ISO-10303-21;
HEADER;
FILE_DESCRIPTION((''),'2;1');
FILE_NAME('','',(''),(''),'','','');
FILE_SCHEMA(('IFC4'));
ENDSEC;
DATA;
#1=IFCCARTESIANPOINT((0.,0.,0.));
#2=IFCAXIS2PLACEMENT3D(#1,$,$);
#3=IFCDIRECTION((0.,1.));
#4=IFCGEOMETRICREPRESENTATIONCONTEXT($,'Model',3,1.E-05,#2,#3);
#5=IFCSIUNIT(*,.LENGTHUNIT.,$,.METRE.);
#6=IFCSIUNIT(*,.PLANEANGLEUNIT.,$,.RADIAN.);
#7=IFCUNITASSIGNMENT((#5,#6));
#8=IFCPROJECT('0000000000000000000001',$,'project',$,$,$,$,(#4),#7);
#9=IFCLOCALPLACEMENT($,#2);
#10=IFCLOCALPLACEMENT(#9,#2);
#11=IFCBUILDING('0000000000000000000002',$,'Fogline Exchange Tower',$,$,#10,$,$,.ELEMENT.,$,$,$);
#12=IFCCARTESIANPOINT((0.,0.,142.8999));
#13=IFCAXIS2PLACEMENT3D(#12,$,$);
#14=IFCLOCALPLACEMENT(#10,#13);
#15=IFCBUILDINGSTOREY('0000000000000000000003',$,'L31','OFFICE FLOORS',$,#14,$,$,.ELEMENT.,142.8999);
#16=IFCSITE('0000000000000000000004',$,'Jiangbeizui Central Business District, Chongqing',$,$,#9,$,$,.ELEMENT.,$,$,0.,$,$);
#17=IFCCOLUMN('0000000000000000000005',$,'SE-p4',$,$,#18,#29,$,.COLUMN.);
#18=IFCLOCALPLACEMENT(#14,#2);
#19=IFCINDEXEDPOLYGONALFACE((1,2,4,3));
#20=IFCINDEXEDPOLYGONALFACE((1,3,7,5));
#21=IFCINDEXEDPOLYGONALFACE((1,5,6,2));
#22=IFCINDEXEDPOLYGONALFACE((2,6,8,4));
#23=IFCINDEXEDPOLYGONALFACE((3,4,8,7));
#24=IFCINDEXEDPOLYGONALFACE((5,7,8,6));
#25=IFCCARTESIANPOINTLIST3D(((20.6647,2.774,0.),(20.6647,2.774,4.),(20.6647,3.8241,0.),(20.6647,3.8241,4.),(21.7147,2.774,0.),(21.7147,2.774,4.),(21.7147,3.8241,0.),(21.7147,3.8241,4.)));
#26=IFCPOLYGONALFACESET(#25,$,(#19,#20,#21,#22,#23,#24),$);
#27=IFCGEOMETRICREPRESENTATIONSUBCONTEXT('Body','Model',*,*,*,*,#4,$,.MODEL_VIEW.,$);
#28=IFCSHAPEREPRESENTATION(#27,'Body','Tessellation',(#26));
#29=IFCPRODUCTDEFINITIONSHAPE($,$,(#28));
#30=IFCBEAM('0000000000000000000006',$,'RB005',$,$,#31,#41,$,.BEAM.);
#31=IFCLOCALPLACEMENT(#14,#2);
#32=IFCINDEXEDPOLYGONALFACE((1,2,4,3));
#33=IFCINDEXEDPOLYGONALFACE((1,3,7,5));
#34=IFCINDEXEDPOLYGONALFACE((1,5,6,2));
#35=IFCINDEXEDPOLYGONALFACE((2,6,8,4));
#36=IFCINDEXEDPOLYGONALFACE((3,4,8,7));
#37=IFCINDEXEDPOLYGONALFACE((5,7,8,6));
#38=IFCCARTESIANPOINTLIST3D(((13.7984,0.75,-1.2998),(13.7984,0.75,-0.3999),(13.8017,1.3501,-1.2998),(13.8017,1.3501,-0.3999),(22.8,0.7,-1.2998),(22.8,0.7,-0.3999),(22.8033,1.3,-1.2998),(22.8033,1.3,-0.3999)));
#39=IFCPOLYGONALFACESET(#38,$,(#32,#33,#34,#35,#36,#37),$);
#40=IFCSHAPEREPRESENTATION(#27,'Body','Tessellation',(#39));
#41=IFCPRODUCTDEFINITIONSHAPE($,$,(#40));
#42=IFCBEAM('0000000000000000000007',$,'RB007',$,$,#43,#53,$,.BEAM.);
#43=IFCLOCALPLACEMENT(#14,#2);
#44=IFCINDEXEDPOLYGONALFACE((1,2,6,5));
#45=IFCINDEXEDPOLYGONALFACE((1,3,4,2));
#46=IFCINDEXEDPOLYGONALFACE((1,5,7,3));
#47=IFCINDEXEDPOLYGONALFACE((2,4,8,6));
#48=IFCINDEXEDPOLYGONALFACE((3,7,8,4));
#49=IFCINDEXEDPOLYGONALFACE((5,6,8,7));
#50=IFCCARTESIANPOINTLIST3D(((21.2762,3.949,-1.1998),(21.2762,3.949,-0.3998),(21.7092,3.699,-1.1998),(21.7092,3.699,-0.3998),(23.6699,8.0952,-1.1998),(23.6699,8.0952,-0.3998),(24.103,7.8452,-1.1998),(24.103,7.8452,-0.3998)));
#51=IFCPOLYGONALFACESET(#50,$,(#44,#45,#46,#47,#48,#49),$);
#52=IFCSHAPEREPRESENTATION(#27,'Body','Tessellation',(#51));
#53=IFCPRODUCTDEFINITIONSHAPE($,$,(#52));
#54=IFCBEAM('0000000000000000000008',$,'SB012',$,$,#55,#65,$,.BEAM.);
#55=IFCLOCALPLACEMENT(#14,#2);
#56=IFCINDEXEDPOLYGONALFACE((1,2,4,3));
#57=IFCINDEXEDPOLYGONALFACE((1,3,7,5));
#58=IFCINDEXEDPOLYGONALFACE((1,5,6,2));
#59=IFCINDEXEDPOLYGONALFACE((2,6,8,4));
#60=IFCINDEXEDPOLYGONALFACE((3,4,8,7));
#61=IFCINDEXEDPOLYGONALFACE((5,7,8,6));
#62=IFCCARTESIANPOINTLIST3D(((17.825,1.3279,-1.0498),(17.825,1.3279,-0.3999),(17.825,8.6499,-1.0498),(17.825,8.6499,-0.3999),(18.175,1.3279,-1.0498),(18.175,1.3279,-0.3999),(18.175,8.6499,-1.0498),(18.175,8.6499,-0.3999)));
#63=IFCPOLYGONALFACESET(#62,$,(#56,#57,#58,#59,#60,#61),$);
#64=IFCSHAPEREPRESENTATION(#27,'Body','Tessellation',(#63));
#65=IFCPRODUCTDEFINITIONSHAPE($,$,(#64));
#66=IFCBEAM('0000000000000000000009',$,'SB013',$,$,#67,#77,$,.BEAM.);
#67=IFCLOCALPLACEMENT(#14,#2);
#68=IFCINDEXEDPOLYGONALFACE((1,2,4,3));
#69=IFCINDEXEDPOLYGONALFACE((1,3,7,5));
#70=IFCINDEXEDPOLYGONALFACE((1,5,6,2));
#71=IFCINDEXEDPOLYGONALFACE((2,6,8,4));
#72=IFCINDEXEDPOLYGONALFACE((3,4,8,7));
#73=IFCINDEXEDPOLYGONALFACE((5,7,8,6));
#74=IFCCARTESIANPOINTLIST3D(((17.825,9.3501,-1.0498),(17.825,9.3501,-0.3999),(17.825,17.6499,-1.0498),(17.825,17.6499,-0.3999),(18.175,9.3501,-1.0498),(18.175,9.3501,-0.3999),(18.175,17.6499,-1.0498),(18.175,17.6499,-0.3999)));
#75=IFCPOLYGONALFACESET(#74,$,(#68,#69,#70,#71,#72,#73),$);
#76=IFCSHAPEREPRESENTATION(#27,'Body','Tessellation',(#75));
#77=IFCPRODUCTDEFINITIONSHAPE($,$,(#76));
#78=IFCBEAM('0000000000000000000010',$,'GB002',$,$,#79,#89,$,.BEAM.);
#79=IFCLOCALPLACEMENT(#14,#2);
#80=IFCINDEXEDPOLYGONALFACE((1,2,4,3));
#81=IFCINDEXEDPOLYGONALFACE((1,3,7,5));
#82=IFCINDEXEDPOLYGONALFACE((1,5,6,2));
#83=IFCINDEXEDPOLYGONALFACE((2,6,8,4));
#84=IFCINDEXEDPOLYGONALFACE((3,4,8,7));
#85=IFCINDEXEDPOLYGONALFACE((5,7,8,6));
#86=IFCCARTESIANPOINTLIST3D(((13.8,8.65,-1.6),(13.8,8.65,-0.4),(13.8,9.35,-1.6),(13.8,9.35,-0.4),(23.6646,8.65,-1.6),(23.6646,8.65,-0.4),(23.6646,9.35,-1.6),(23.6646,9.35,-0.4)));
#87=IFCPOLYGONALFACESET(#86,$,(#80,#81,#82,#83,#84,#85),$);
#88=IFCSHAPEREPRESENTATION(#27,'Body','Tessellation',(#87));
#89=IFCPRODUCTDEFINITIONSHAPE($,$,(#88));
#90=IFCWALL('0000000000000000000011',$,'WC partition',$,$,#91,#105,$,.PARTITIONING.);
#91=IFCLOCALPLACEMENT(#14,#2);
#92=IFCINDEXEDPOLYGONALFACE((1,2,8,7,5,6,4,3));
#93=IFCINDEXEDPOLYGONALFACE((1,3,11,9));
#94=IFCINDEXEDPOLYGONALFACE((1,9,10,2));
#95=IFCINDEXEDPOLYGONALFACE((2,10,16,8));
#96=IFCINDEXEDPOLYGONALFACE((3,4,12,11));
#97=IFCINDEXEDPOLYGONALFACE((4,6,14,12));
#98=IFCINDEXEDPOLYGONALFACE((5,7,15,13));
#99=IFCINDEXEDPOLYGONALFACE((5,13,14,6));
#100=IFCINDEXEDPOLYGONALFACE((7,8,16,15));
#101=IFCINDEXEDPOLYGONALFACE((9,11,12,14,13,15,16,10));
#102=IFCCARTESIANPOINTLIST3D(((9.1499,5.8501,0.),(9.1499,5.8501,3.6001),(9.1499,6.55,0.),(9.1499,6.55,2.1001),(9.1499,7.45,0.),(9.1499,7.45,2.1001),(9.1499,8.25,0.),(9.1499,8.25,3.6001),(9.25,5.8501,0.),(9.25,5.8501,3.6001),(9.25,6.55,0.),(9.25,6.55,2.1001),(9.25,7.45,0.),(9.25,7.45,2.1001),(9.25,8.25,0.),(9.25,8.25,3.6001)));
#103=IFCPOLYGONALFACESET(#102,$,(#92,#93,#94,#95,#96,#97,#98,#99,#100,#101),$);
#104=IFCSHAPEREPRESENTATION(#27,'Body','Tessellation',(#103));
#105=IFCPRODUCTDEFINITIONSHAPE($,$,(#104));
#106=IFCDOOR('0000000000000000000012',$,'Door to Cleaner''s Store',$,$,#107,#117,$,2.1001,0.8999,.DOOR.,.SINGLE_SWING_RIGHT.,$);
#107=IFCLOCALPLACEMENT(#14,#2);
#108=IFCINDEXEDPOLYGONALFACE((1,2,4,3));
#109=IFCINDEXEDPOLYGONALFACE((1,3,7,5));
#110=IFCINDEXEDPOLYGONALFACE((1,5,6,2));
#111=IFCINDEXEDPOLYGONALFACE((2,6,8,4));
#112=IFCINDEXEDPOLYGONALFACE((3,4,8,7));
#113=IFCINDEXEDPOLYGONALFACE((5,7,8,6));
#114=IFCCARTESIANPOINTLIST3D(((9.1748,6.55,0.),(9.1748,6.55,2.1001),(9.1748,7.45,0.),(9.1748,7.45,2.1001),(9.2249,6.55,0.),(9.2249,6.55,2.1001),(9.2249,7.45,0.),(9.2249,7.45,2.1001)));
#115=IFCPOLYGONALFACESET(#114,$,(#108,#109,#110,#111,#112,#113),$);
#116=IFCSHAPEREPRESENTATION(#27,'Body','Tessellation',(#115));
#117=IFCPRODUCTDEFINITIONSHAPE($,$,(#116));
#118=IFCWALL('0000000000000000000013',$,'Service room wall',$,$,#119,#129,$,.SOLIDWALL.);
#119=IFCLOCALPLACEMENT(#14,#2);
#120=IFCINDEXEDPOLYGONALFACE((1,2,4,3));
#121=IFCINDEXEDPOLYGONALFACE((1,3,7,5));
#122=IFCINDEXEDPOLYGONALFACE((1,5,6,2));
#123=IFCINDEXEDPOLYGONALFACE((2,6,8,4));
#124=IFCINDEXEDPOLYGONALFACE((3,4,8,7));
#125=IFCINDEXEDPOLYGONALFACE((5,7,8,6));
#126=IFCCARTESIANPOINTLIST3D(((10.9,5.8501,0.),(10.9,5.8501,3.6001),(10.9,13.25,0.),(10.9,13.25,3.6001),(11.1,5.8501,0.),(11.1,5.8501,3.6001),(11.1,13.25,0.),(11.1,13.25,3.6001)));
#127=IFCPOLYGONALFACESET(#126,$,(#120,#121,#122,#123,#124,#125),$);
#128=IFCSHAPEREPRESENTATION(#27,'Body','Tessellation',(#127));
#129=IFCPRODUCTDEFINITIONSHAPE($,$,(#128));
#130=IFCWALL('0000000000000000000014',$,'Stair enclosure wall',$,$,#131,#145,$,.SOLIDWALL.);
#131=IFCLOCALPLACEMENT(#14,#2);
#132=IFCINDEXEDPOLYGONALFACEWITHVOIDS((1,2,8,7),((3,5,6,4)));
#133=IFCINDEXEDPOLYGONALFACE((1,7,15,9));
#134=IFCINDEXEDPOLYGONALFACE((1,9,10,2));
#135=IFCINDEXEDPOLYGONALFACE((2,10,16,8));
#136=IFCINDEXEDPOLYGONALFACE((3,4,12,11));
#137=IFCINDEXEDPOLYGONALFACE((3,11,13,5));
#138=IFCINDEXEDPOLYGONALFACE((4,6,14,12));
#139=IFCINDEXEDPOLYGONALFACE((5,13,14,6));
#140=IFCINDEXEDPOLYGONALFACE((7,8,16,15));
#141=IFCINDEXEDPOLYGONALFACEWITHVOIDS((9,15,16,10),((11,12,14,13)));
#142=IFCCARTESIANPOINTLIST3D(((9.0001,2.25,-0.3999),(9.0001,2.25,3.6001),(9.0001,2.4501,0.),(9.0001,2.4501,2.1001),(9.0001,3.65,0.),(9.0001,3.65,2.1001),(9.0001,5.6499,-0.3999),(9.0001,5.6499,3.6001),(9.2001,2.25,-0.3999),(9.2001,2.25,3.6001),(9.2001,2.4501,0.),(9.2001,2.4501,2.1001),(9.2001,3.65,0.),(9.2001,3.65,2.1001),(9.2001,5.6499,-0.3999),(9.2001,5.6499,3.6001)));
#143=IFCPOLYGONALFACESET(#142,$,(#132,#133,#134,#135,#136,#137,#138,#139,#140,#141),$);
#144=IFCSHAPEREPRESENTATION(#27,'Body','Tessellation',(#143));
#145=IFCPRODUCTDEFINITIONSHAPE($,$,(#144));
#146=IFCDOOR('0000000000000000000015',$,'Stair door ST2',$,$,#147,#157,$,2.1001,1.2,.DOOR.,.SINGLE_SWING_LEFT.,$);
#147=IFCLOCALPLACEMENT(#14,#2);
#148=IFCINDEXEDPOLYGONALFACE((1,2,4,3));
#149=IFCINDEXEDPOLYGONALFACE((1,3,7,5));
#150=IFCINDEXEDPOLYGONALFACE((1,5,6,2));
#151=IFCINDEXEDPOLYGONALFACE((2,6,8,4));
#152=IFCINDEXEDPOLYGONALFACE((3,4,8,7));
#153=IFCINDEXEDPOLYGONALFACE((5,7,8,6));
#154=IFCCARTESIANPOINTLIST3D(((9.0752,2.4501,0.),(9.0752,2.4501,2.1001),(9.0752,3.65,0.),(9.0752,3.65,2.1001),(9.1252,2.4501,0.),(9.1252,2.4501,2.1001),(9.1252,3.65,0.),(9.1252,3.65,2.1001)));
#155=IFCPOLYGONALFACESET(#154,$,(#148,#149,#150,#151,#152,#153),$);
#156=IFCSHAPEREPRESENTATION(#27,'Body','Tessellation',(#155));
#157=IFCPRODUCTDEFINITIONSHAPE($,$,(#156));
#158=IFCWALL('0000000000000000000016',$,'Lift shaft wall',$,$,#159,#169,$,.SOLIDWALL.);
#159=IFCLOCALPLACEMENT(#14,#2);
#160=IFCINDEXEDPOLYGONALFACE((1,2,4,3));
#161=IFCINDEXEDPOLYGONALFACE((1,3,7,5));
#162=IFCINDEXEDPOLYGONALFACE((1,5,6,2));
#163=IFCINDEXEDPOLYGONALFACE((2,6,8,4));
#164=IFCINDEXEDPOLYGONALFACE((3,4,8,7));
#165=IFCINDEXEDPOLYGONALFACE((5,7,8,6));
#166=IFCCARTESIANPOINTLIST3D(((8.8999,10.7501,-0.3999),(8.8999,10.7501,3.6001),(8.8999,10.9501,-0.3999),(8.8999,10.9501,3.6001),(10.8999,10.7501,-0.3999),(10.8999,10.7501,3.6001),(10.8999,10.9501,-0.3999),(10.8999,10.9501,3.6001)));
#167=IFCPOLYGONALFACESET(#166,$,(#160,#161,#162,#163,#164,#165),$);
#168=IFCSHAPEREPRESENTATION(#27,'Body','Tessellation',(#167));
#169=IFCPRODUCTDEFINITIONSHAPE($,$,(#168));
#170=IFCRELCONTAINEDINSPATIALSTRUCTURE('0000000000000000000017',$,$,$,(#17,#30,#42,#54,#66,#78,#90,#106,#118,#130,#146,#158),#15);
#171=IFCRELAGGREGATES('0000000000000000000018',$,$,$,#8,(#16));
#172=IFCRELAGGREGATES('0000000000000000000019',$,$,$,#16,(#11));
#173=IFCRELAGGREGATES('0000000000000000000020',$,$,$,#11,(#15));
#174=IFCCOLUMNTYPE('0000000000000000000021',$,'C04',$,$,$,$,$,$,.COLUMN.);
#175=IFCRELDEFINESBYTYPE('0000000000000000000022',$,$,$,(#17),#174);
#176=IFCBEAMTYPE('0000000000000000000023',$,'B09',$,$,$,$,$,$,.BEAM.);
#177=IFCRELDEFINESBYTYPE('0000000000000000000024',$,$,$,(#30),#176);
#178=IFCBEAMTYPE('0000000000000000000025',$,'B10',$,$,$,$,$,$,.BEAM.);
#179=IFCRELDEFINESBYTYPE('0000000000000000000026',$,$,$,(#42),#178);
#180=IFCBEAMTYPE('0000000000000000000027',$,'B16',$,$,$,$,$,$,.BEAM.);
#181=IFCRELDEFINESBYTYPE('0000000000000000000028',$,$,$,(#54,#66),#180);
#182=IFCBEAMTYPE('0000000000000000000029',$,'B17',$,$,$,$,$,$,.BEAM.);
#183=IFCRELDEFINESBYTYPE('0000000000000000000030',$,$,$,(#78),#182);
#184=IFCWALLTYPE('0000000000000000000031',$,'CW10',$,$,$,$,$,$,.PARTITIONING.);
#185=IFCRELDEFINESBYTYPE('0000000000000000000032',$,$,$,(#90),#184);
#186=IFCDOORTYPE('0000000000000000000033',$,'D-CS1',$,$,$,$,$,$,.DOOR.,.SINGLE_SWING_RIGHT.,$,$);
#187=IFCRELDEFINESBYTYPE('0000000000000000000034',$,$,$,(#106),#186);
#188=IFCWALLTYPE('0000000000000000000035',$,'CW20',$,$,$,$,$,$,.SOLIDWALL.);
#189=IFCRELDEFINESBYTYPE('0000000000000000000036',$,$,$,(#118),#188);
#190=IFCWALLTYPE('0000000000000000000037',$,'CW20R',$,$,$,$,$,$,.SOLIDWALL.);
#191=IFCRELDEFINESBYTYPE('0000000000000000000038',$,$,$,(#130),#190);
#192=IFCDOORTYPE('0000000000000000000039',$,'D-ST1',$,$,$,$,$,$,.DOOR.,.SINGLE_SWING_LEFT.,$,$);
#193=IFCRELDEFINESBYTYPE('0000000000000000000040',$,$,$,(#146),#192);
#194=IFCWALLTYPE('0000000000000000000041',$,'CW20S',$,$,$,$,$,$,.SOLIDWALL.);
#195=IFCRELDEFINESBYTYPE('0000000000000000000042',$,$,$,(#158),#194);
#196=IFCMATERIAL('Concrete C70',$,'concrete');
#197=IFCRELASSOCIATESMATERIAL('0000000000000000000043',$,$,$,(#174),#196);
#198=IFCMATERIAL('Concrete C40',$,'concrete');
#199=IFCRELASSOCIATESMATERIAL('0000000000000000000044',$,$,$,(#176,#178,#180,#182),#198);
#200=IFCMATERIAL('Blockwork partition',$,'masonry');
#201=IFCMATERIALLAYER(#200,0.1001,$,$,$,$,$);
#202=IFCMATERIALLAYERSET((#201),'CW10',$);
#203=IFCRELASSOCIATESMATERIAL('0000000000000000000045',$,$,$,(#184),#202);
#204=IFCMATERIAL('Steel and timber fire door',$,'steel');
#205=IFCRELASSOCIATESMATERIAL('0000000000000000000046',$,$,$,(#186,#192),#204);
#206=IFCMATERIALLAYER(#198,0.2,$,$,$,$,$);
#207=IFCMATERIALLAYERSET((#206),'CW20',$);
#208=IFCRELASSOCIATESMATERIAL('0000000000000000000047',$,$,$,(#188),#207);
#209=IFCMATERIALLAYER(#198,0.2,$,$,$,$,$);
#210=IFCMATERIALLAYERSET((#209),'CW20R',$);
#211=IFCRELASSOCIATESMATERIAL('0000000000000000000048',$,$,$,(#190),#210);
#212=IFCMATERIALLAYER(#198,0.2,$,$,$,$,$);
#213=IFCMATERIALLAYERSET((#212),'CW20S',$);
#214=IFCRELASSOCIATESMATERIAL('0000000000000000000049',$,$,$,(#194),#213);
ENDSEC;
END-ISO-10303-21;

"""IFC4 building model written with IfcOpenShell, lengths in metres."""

from ifc_helpers import new_model, si_unit, direction, frame, frame_2d, origin, origin_2d, place, context, subcontext, project, spatial, rectangle, extrude, material, layer, layer_set, material_profile, profile_set, type_object, element, fill, save


model = new_model("IFC4")

# Units and contexts
model_context = context("Model", 3, precision=1e-05, world=origin(), true_north=direction((0.0, 1.0)))
body_context = subcontext(model_context, "Body", "Model", "MODEL_VIEW")
ifc_project = project(units=[si_unit("LENGTHUNIT", "METRE"), si_unit("PLANEANGLEUNIT", "RADIAN")], contexts=[model_context])

# Site, building, storey
site_placement = place(None, origin())
site = spatial("IfcSite", under=ifc_project, at=site_placement, Name="Jiangbeizui Central Business District, Chongqing", CompositionType="ELEMENT", RefElevation=0.0)
building_placement = place(site_placement, origin())
building = spatial("IfcBuilding", under=site, at=building_placement, Name="Fogline Exchange Tower", CompositionType="ELEMENT")
storey_placement = place(building_placement, frame((0.0, 0.0, 142.8999)))
storey = spatial("IfcBuildingStorey", under=building, at=storey_placement, Name="L31", Description="OFFICE FLOORS", CompositionType="ELEMENT", Elevation=142.8999)

# Column
ifc_material_1 = material(Name="Concrete C70", Category="concrete")
ifc_material_profile_1 = material_profile(ifc_material_1, rectangle(XDim=1.05, YDim=1.05, at=origin_2d()), Name="RC 1050x1050")
ifc_profile_set_1 = profile_set([ifc_material_profile_1], Name="Concrete C70")
column_type = type_object("IfcColumnType", Name="C04", PredefinedType="COLUMN", material=ifc_profile_set_1)
column_placement = place(storey_placement, frame((21.1897, 3.2991, 0.0), z_axis=(0.0, 0.0, 1.0), x_axis=(1.0, 0.0, 0.0)))
element("IfcColumn", 1, at=column_placement, inside=storey, type_object=column_type, Name="SE-p4", PredefinedType="COLUMN", context=body_context, shape_type="SweptSolid", body=[
    extrude(rectangle(XDim=1.05, YDim=1.05, at=origin_2d()), origin(), (0.0, 0.0, 1.0), 4.0),
])

# Beams
ifc_material_2 = material(Name="Concrete C40", Category="concrete")
ifc_material_profile_2 = material_profile(ifc_material_2, rectangle(XDim=0.6001, YDim=0.8999, at=origin_2d()), Name="RC 600x900")
ifc_profile_set_2 = profile_set([ifc_material_profile_2], Name="Concrete C40")
beam_type_1 = type_object("IfcBeamType", Name="B09", PredefinedType="BEAM", material=ifc_profile_set_2)
beam_1_placement = place(storey_placement, frame((13.8, 1.05, -0.8499), z_axis=(0.999985, -0.00556, 0.0), x_axis=(0.00556, 0.999985, 0.0)))
element("IfcBeam", 2, at=beam_1_placement, inside=storey, type_object=beam_type_1, Name="RB005", PredefinedType="BEAM", context=body_context, shape_type="SweptSolid", body=[
    extrude(rectangle(XDim=0.6001, YDim=0.8999, at=origin_2d()), origin(), (0.0, 0.0, 1.0), 9.0017),
])
ifc_material_profile_3 = material_profile(ifc_material_2, rectangle(XDim=0.5, YDim=0.8, at=origin_2d()), Name="RC 500x800")
ifc_profile_set_3 = profile_set([ifc_material_profile_3], Name="Concrete C40")
beam_type_2 = type_object("IfcBeamType", Name="B10", PredefinedType="BEAM", material=ifc_profile_set_3)
beam_2_placement = place(storey_placement, frame((21.4927, 3.824, -0.7998), z_axis=(0.499995, 0.866028, 0.0), x_axis=(-0.866028, 0.499995, 0.0)))
element("IfcBeam", 3, at=beam_2_placement, inside=storey, type_object=beam_type_2, Name="RB007", PredefinedType="BEAM", context=body_context, shape_type="SweptSolid", body=[
    extrude(rectangle(XDim=0.5, YDim=0.8, at=origin_2d()), origin(), (0.0, 0.0, 1.0), 4.7876),
])
ifc_material_profile_4 = material_profile(ifc_material_2, rectangle(XDim=0.3501, YDim=0.6499, at=origin_2d()), Name="RC 350x650")
ifc_profile_set_4 = profile_set([ifc_material_profile_4], Name="Concrete C40")
beam_type_3 = type_object("IfcBeamType", Name="B16", PredefinedType="BEAM", material=ifc_profile_set_4)
beam_3_placement = place(storey_placement, frame((18.0, 1.3279, -0.7249), z_axis=(0.0, 1.0, 0.0), x_axis=(-1.0, 0.0, 0.0)))
element("IfcBeam", 4, at=beam_3_placement, inside=storey, type_object=beam_type_3, Name="SB012", PredefinedType="BEAM", context=body_context, shape_type="SweptSolid", body=[
    extrude(rectangle(XDim=0.3501, YDim=0.6499, at=origin_2d()), origin(), (0.0, 0.0, 1.0), 7.322),
])
beam_4_placement = place(storey_placement, frame((18.0, 9.3501, -0.7249), z_axis=(0.0, 1.0, 0.0), x_axis=(-1.0, 0.0, 0.0)))
element("IfcBeam", 5, at=beam_4_placement, inside=storey, type_object=beam_type_3, Name="SB013", PredefinedType="BEAM", context=body_context, shape_type="SweptSolid", body=[
    extrude(rectangle(XDim=0.3501, YDim=0.6499, at=origin_2d()), origin(), (0.0, 0.0, 1.0), 8.2998),
])
ifc_material_profile_5 = material_profile(ifc_material_2, rectangle(XDim=0.7, YDim=1.2, at=origin_2d()), Name="RC 700x1200")
ifc_profile_set_5 = profile_set([ifc_material_profile_5], Name="Concrete C40")
beam_type_4 = type_object("IfcBeamType", Name="B17", PredefinedType="BEAM", material=ifc_profile_set_5)
beam_5_placement = place(storey_placement, frame((13.8, 9.0, -1.0), z_axis=(1.0, 0.0, 0.0), x_axis=(0.0, 1.0, 0.0)))
element("IfcBeam", 6, at=beam_5_placement, inside=storey, type_object=beam_type_4, Name="GB002", PredefinedType="BEAM", context=body_context, shape_type="SweptSolid", body=[
    extrude(rectangle(XDim=0.7, YDim=1.2, at=origin_2d()), origin(), (0.0, 0.0, 1.0), 9.8645),
])

# Wall, opening, door
ifc_material_3 = material(Name="Blockwork partition", Category="masonry")
ifc_layer_1 = layer(ifc_material_3, 0.1001)
ifc_layer_set_1 = layer_set([ifc_layer_1], Name="CW10")
wall_type_1 = type_object("IfcWallType", Name="CW10", PredefinedType="PARTITIONING", material=ifc_layer_set_1)
wall_1_placement = place(storey_placement, frame((9.2, 5.8501, 0.0), z_axis=(0.0, 0.0, 1.0), x_axis=(0.0, 1.0, 0.0)))
wall_1 = element("IfcWall", 7, at=wall_1_placement, inside=storey, type_object=wall_type_1, Name="WC partition", PredefinedType="PARTITIONING", context=body_context, shape_type="SweptSolid", body=[
    extrude(rectangle(XDim=2.3999, YDim=0.1001, at=frame_2d((1.2, 0.0))), origin(), (0.0, 0.0, 1.0), 3.6001),
])
opening_1_placement = place(wall_1_placement, frame((0.7, 0.0, 0.0)))
opening_1 = element("IfcOpeningElement", 8, at=opening_1_placement, cuts=wall_1, PredefinedType="OPENING", context=body_context, shape_type="SweptSolid", body=[
    extrude(rectangle(XDim=0.8999, YDim=2.1001, at=frame_2d((0.45, 1.05))), frame((0.0, 0.0601, 0.0), z_axis=(0.0, -1.0, 0.0), x_axis=(1.0, 0.0, 0.0)), (0.0, 0.0, 1.0), 0.1201),
])
ifc_material_4 = material(Name="Steel and timber fire door", Category="steel")
door_type_1 = type_object("IfcDoorType", Name="D-CS1", OperationType="SINGLE_SWING_RIGHT", PredefinedType="DOOR", material=ifc_material_4)
door_1_placement = place(opening_1_placement, frame((0.8999, 0.0, 0.0), z_axis=(0.0, 0.0, 1.0), x_axis=(-1.0, 0.0, 0.0)))
door_1 = element("IfcDoor", 9, at=door_1_placement, inside=storey, type_object=door_type_1, Name="Door to Cleaner's Store", OperationType="SINGLE_SWING_RIGHT", OverallHeight=2.1001, OverallWidth=0.8999, PredefinedType="DOOR", context=body_context, shape_type="SweptSolid", body=[
    extrude(rectangle(XDim=0.8999, YDim=2.1001, at=frame_2d((0.45, 1.05))), frame((0.0, 0.0249, 0.0), z_axis=(0.0, -1.0, 0.0), x_axis=(1.0, 0.0, 0.0)), (0.0, 0.0, 1.0), 0.05),
])
fill(opening_1, door_1)

# Wall
ifc_layer_2 = layer(ifc_material_2, 0.2)
ifc_layer_set_2 = layer_set([ifc_layer_2], Name="CW20")
wall_type_2 = type_object("IfcWallType", Name="CW20", PredefinedType="SOLIDWALL", material=ifc_layer_set_2)
wall_2_placement = place(storey_placement, frame((11.0, 5.8501, 0.0), z_axis=(0.0, 0.0, 1.0), x_axis=(0.0, 1.0, 0.0)))
element("IfcWall", 10, at=wall_2_placement, inside=storey, type_object=wall_type_2, Name="Service room wall", PredefinedType="SOLIDWALL", context=body_context, shape_type="SweptSolid", body=[
    extrude(rectangle(XDim=7.3999, YDim=0.2, at=frame_2d((3.7, 0.0))), origin(), (0.0, 0.0, 1.0), 3.6001),
])

# Wall, opening, door
ifc_layer_3 = layer(ifc_material_2, 0.2)
ifc_layer_set_3 = layer_set([ifc_layer_3], Name="CW20R")
wall_type_3 = type_object("IfcWallType", Name="CW20R", PredefinedType="SOLIDWALL", material=ifc_layer_set_3)
wall_3_placement = place(storey_placement, frame((9.1001, 2.25, -0.3999), z_axis=(0.0, 0.0, 1.0), x_axis=(0.0, 1.0, 0.0)))
wall_3 = element("IfcWall", 11, at=wall_3_placement, inside=storey, type_object=wall_type_3, Name="Stair enclosure wall", PredefinedType="SOLIDWALL", context=body_context, shape_type="SweptSolid", body=[
    extrude(rectangle(XDim=3.3999, YDim=0.2, at=frame_2d((1.7, 0.0))), origin(), (0.0, 0.0, 1.0), 4.0),
])
opening_2_placement = place(wall_3_placement, frame((0.2, 0.0, 0.3999)))
opening_2 = element("IfcOpeningElement", 12, at=opening_2_placement, cuts=wall_3, PredefinedType="OPENING", context=body_context, shape_type="SweptSolid", body=[
    extrude(rectangle(XDim=1.2, YDim=2.1001, at=frame_2d((0.6001, 1.05))), frame((0.0, 0.1099, 0.0), z_axis=(0.0, -1.0, 0.0), x_axis=(1.0, 0.0, 0.0)), (0.0, 0.0, 1.0), 0.22),
])
door_type_2 = type_object("IfcDoorType", Name="D-ST1", OperationType="SINGLE_SWING_LEFT", PredefinedType="DOOR", material=ifc_material_4)
door_2_placement = place(opening_2_placement, origin())
door_2 = element("IfcDoor", 13, at=door_2_placement, inside=storey, type_object=door_type_2, Name="Stair door ST2", OperationType="SINGLE_SWING_LEFT", OverallHeight=2.1001, OverallWidth=1.2, PredefinedType="DOOR", context=body_context, shape_type="SweptSolid", body=[
    extrude(rectangle(XDim=1.2, YDim=2.1001, at=frame_2d((0.6001, 1.05))), frame((0.0, 0.0249, 0.0), z_axis=(0.0, -1.0, 0.0), x_axis=(1.0, 0.0, 0.0)), (0.0, 0.0, 1.0), 0.05),
])
fill(opening_2, door_2)

# Wall
ifc_layer_4 = layer(ifc_material_2, 0.2)
ifc_layer_set_4 = layer_set([ifc_layer_4], Name="CW20S")
wall_type_4 = type_object("IfcWallType", Name="CW20S", PredefinedType="SOLIDWALL", material=ifc_layer_set_4)
wall_4_placement = place(storey_placement, frame((8.8999, 10.8501, -0.3999), z_axis=(0.0, 0.0, 1.0), x_axis=(1.0, 0.0, 0.0)))
element("IfcWall", 14, at=wall_4_placement, inside=storey, type_object=wall_type_4, Name="Lift shaft wall", PredefinedType="SOLIDWALL", context=body_context, shape_type="SweptSolid", body=[
    extrude(rectangle(XDim=2.0, YDim=0.2, at=frame_2d((1.0, 0.0))), origin(), (0.0, 0.0, 1.0), 4.0),
])

save(model, "model.ifc")
